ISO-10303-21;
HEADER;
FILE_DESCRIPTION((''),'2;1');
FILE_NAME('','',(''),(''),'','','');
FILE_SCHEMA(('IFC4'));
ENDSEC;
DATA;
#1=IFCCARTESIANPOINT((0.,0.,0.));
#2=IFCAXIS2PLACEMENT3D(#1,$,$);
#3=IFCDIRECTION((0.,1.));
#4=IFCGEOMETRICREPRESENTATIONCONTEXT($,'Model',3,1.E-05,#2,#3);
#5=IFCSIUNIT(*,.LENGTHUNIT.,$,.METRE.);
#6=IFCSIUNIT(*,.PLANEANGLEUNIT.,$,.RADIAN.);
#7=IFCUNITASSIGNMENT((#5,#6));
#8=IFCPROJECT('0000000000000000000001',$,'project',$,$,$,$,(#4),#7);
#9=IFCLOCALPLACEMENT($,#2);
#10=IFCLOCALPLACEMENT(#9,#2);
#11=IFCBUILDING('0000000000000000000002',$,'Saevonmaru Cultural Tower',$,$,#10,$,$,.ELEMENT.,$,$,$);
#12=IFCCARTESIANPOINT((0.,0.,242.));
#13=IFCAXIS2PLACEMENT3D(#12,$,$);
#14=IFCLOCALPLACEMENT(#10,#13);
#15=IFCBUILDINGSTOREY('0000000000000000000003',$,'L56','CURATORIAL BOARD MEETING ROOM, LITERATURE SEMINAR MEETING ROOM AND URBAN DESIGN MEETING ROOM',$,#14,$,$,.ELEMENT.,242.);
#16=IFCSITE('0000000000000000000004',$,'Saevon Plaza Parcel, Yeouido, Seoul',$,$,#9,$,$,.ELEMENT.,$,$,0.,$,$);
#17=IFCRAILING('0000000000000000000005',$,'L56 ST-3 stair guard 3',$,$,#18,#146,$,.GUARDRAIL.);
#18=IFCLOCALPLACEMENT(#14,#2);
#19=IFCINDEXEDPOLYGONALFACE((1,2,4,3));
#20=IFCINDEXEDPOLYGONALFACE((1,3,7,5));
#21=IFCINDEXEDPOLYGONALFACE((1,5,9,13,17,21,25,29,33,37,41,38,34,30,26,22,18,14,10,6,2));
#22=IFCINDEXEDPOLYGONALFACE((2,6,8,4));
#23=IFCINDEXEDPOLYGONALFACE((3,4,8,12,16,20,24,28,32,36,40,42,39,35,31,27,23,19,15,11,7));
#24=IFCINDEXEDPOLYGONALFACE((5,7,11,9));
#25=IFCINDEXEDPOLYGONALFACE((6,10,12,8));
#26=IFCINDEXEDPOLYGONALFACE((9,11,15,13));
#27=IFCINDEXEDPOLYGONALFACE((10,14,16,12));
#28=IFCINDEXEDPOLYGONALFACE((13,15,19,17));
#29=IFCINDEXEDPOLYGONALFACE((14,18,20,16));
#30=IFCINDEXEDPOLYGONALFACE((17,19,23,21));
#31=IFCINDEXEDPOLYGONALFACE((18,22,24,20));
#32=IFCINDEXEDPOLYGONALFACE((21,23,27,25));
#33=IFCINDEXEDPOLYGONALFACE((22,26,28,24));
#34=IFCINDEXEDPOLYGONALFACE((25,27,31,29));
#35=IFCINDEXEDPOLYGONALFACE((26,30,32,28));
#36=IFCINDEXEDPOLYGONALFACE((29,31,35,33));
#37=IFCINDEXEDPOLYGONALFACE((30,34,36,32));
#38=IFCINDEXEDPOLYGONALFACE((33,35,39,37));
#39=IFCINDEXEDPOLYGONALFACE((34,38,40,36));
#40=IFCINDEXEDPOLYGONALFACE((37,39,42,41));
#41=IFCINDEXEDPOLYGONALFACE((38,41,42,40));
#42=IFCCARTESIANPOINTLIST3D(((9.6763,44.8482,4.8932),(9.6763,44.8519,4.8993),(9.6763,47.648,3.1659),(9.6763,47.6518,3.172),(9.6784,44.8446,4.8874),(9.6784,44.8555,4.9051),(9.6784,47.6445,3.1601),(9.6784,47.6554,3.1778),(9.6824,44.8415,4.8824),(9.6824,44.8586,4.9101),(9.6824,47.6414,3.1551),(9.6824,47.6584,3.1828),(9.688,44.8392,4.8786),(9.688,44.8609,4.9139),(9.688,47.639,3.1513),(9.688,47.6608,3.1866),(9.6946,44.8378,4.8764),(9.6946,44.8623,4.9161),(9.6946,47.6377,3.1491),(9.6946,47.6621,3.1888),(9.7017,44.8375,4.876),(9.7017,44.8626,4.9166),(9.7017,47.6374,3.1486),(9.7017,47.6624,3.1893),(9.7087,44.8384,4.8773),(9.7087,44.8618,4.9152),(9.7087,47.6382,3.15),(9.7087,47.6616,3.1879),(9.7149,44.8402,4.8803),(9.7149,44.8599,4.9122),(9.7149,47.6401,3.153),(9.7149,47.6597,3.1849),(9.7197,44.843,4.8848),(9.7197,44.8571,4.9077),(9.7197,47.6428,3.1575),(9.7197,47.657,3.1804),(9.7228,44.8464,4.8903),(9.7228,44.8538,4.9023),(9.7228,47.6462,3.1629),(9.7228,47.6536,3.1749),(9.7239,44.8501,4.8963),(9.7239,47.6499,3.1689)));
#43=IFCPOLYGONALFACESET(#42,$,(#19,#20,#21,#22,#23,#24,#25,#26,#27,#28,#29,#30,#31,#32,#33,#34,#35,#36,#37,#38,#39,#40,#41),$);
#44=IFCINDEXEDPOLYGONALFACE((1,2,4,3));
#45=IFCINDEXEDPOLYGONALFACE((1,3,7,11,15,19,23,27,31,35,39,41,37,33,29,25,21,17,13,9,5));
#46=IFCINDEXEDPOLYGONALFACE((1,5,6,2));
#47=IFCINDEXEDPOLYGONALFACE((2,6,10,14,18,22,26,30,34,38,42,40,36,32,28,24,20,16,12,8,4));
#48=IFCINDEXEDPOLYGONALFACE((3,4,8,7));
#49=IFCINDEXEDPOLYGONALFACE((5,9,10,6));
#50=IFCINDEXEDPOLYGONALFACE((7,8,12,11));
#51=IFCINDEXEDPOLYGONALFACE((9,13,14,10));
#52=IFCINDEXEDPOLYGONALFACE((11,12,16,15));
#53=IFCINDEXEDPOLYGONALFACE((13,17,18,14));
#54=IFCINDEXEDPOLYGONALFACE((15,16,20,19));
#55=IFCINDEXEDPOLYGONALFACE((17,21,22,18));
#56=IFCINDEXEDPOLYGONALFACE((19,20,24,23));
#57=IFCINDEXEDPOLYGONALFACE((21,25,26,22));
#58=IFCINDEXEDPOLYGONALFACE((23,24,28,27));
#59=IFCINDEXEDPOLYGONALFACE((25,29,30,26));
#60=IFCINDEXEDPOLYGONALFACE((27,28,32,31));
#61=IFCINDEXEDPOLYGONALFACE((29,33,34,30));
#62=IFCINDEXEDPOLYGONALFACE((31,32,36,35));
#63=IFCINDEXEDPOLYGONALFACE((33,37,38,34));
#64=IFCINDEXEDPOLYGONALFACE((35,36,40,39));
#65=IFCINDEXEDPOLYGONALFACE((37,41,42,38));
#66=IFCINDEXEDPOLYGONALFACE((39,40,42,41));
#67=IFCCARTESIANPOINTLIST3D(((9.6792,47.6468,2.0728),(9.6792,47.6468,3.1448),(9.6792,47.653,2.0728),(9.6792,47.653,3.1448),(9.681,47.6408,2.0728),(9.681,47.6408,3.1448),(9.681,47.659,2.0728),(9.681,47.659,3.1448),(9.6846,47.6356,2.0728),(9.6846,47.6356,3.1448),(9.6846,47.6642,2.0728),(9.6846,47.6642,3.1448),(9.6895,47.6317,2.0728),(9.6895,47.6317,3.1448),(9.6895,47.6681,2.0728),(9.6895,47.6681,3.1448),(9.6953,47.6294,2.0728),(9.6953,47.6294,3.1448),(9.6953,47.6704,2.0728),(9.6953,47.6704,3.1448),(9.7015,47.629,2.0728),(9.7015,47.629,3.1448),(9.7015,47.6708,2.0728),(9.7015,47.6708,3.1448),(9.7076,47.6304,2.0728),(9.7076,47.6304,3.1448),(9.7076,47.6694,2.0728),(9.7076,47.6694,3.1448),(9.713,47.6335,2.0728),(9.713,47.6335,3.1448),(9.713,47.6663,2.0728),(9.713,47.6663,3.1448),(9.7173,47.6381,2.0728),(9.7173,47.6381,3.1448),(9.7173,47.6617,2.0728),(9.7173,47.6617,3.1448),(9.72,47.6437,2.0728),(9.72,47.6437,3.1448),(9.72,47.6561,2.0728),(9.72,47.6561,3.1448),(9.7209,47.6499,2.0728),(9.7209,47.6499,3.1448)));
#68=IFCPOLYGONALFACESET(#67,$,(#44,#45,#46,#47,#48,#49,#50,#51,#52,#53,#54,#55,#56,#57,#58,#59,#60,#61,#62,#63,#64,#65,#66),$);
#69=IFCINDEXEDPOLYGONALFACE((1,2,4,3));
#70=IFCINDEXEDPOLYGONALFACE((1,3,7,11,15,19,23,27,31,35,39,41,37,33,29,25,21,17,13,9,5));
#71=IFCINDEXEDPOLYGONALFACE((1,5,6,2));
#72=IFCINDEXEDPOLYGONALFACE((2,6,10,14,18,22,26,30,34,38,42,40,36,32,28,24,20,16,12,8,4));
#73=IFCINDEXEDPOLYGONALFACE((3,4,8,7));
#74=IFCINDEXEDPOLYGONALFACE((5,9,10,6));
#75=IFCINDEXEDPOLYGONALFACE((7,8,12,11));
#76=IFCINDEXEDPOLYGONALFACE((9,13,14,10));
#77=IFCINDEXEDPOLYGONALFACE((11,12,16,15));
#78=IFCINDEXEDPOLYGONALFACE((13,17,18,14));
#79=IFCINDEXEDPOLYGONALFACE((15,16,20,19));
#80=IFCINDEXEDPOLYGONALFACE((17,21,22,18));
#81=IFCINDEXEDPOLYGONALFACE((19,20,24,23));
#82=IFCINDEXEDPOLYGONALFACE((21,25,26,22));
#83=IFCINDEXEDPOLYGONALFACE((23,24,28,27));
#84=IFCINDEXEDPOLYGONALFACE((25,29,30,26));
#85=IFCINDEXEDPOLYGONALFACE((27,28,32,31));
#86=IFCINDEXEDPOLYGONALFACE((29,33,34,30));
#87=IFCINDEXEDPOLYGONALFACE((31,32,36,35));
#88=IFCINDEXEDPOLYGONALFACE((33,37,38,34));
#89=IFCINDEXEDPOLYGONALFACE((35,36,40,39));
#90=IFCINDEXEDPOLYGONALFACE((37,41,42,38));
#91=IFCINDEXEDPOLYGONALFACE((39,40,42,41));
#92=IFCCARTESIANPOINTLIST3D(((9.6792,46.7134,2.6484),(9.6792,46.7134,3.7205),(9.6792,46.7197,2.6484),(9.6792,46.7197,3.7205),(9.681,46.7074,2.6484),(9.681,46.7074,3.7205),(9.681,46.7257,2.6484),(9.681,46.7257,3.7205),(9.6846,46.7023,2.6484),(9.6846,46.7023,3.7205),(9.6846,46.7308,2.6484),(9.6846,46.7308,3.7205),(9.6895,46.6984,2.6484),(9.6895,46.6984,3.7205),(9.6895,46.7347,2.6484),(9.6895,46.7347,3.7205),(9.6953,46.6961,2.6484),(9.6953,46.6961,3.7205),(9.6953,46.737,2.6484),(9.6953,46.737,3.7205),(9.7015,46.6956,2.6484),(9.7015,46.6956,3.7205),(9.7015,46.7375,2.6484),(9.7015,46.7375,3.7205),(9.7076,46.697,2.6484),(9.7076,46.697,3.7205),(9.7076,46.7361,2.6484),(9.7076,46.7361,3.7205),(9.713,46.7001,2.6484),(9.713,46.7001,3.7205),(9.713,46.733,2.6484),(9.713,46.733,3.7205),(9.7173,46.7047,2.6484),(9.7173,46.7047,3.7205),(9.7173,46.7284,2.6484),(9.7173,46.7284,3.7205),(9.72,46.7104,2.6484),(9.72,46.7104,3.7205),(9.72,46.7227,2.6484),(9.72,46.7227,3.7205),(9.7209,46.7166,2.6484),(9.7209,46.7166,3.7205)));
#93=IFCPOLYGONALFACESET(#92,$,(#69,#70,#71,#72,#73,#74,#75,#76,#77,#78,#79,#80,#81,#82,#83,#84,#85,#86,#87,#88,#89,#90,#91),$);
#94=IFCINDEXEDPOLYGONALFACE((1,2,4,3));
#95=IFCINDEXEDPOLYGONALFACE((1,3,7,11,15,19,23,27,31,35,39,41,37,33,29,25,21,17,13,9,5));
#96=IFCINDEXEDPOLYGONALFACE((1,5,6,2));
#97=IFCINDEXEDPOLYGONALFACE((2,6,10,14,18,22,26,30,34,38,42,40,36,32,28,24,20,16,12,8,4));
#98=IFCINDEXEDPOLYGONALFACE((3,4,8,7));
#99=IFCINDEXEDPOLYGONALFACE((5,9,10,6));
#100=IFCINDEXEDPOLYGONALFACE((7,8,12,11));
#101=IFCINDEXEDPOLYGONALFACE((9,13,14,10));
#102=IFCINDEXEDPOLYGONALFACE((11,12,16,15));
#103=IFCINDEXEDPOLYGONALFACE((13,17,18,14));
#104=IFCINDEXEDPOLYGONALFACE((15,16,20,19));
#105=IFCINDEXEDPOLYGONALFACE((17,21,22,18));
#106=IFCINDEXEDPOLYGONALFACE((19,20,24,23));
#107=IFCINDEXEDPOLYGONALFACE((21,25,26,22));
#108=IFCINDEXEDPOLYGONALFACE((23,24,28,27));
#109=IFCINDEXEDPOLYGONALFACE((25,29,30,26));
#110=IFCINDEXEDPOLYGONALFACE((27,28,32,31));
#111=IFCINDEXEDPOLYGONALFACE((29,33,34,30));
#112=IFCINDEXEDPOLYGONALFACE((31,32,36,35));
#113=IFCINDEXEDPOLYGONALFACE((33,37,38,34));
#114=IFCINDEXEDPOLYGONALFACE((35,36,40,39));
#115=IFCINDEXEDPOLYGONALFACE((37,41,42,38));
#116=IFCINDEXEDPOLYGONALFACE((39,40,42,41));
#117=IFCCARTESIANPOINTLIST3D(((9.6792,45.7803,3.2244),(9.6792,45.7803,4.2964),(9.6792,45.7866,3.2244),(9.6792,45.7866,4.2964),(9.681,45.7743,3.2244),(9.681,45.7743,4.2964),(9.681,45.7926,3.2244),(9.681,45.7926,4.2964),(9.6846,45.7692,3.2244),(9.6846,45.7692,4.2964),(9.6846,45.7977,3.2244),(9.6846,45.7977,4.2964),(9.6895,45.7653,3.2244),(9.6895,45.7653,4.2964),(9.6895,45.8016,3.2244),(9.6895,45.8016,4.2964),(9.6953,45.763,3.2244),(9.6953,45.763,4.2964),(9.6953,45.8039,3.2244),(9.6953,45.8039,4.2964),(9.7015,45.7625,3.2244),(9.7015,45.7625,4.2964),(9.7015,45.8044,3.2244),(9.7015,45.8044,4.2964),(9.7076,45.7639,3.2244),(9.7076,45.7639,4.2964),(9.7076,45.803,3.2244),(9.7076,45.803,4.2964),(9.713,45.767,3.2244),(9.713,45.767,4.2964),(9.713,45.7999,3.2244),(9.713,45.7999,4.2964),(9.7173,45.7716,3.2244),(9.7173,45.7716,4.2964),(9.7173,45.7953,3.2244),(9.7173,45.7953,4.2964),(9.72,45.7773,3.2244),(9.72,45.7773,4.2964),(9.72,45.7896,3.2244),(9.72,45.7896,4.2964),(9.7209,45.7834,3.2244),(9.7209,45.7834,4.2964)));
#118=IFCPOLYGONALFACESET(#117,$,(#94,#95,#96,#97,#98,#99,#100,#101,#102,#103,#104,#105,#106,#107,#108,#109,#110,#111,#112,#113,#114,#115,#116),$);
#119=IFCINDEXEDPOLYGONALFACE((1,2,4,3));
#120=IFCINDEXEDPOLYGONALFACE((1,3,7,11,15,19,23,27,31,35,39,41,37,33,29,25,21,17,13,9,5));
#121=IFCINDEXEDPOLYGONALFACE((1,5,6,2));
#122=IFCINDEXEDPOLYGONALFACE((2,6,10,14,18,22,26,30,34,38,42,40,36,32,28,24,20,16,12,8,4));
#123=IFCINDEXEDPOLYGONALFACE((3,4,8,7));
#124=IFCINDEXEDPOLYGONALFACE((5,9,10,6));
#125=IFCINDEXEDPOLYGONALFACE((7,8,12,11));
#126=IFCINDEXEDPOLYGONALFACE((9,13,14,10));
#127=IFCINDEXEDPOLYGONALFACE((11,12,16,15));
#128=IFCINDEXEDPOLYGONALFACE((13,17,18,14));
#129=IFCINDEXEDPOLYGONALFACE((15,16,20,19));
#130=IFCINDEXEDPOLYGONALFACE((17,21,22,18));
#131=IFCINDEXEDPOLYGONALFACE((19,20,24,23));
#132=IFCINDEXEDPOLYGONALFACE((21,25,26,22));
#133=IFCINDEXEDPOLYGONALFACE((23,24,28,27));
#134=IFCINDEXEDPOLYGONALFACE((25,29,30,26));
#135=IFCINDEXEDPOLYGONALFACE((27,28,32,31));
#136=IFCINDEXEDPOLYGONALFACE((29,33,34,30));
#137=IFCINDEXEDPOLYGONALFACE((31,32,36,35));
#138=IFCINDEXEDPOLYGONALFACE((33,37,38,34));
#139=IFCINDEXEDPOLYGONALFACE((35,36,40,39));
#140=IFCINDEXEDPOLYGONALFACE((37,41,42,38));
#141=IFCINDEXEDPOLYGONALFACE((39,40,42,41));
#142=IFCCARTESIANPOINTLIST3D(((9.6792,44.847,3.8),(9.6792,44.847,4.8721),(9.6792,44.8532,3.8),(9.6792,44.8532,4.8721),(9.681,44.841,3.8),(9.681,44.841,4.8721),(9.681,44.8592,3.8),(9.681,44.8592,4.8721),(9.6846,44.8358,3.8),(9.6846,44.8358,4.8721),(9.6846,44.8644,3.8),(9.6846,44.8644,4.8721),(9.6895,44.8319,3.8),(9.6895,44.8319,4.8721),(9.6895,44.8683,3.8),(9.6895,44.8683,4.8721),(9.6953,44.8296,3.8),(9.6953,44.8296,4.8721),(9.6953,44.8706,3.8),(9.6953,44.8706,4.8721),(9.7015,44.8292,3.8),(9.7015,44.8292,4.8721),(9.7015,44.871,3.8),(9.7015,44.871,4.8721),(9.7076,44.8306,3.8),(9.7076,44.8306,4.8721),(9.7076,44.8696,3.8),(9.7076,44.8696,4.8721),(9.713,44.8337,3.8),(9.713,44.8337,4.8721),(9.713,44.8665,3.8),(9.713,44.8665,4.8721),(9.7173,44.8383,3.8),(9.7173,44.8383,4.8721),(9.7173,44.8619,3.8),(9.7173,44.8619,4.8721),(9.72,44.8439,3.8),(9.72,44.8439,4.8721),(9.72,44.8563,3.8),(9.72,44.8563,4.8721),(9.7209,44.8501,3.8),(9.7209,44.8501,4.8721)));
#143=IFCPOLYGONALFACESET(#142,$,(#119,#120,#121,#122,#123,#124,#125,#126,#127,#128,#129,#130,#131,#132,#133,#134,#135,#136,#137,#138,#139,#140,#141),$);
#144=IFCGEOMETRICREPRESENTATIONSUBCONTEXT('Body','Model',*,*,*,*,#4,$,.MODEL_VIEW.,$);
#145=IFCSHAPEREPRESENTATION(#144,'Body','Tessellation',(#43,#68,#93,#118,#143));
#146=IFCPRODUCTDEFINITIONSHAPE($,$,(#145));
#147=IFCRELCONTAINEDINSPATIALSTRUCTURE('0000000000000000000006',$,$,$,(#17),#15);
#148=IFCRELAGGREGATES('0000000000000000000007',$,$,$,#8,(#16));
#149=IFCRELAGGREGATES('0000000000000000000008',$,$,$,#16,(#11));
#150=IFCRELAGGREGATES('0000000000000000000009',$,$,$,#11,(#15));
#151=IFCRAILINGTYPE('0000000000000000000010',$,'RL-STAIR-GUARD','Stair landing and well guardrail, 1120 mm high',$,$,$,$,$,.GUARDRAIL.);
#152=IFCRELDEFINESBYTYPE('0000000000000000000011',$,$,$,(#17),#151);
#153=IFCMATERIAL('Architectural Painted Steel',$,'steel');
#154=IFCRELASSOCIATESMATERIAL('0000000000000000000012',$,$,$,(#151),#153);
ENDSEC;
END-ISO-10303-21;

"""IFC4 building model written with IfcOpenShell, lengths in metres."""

from ifc_helpers import new_model, si_unit, direction, frame, origin, origin_2d, place, context, subcontext, project, spatial, circle, extrude, material, type_object, element, save


model = new_model("IFC4")

# Units and contexts
model_context = context("Model", 3, precision=1e-05, world=origin(), true_north=direction((0.0, 1.0)))
body_context = subcontext(model_context, "Body", "Model", "MODEL_VIEW")
ifc_project = project(units=[si_unit("LENGTHUNIT", "METRE"), si_unit("PLANEANGLEUNIT", "RADIAN")], contexts=[model_context])

# Site, building, storey
site_placement = place(None, origin())
site = spatial("IfcSite", under=ifc_project, at=site_placement, Name="Saevon Plaza Parcel, Yeouido, Seoul", CompositionType="ELEMENT", RefElevation=0.0)
building_placement = place(site_placement, origin())
building = spatial("IfcBuilding", under=site, at=building_placement, Name="Saevonmaru Cultural Tower", CompositionType="ELEMENT")
storey_placement = place(building_placement, frame((0.0, 0.0, 242.0)))
storey = spatial("IfcBuildingStorey", under=building, at=storey_placement, Name="L56", Description="CURATORIAL BOARD MEETING ROOM, LITERATURE SEMINAR MEETING ROOM AND URBAN DESIGN MEETING ROOM", CompositionType="ELEMENT", Elevation=242.0)

# Railing
ifc_material_1 = material(Name="Architectural Painted Steel", Category="steel")
railing_type_1 = type_object("IfcRailingType", Name="RL-STAIR-GUARD", Description="Stair landing and well guardrail, 1120 mm high", PredefinedType="GUARDRAIL", material=ifc_material_1)
railing_1_placement = place(storey_placement, frame((9.7, 47.6499, 2.0728)))
element("IfcRailing", 1, at=railing_1_placement, inside=storey, type_object=railing_type_1, Name="L56 ST-3 stair guard 3", PredefinedType="GUARDRAIL", context=body_context, shape_type="SweptSolid", body=[
    extrude(circle(Radius=0.0239, at=origin_2d()), frame((0.0, 0.0, 1.0962), z_axis=(0.0, -0.851069, 0.525054), x_axis=(1.0, 0.0, 0.0)), (0.0, 0.0, 1.0), 3.2898),
    extrude(circle(Radius=0.021, at=origin_2d()), origin(), (0.0, 0.0, 1.0), 1.072),
    extrude(circle(Radius=0.021, at=origin_2d()), frame((0.0, -0.9333, 0.5757)), (0.0, 0.0, 1.0), 1.072),
    extrude(circle(Radius=0.021, at=origin_2d()), frame((0.0, -1.8665, 1.1516)), (0.0, 0.0, 1.0), 1.072),
    extrude(circle(Radius=0.021, at=origin_2d()), frame((0.0, -2.7998, 1.7273)), (0.0, 0.0, 1.0), 1.072),
])

save(model, "model.ifc")
